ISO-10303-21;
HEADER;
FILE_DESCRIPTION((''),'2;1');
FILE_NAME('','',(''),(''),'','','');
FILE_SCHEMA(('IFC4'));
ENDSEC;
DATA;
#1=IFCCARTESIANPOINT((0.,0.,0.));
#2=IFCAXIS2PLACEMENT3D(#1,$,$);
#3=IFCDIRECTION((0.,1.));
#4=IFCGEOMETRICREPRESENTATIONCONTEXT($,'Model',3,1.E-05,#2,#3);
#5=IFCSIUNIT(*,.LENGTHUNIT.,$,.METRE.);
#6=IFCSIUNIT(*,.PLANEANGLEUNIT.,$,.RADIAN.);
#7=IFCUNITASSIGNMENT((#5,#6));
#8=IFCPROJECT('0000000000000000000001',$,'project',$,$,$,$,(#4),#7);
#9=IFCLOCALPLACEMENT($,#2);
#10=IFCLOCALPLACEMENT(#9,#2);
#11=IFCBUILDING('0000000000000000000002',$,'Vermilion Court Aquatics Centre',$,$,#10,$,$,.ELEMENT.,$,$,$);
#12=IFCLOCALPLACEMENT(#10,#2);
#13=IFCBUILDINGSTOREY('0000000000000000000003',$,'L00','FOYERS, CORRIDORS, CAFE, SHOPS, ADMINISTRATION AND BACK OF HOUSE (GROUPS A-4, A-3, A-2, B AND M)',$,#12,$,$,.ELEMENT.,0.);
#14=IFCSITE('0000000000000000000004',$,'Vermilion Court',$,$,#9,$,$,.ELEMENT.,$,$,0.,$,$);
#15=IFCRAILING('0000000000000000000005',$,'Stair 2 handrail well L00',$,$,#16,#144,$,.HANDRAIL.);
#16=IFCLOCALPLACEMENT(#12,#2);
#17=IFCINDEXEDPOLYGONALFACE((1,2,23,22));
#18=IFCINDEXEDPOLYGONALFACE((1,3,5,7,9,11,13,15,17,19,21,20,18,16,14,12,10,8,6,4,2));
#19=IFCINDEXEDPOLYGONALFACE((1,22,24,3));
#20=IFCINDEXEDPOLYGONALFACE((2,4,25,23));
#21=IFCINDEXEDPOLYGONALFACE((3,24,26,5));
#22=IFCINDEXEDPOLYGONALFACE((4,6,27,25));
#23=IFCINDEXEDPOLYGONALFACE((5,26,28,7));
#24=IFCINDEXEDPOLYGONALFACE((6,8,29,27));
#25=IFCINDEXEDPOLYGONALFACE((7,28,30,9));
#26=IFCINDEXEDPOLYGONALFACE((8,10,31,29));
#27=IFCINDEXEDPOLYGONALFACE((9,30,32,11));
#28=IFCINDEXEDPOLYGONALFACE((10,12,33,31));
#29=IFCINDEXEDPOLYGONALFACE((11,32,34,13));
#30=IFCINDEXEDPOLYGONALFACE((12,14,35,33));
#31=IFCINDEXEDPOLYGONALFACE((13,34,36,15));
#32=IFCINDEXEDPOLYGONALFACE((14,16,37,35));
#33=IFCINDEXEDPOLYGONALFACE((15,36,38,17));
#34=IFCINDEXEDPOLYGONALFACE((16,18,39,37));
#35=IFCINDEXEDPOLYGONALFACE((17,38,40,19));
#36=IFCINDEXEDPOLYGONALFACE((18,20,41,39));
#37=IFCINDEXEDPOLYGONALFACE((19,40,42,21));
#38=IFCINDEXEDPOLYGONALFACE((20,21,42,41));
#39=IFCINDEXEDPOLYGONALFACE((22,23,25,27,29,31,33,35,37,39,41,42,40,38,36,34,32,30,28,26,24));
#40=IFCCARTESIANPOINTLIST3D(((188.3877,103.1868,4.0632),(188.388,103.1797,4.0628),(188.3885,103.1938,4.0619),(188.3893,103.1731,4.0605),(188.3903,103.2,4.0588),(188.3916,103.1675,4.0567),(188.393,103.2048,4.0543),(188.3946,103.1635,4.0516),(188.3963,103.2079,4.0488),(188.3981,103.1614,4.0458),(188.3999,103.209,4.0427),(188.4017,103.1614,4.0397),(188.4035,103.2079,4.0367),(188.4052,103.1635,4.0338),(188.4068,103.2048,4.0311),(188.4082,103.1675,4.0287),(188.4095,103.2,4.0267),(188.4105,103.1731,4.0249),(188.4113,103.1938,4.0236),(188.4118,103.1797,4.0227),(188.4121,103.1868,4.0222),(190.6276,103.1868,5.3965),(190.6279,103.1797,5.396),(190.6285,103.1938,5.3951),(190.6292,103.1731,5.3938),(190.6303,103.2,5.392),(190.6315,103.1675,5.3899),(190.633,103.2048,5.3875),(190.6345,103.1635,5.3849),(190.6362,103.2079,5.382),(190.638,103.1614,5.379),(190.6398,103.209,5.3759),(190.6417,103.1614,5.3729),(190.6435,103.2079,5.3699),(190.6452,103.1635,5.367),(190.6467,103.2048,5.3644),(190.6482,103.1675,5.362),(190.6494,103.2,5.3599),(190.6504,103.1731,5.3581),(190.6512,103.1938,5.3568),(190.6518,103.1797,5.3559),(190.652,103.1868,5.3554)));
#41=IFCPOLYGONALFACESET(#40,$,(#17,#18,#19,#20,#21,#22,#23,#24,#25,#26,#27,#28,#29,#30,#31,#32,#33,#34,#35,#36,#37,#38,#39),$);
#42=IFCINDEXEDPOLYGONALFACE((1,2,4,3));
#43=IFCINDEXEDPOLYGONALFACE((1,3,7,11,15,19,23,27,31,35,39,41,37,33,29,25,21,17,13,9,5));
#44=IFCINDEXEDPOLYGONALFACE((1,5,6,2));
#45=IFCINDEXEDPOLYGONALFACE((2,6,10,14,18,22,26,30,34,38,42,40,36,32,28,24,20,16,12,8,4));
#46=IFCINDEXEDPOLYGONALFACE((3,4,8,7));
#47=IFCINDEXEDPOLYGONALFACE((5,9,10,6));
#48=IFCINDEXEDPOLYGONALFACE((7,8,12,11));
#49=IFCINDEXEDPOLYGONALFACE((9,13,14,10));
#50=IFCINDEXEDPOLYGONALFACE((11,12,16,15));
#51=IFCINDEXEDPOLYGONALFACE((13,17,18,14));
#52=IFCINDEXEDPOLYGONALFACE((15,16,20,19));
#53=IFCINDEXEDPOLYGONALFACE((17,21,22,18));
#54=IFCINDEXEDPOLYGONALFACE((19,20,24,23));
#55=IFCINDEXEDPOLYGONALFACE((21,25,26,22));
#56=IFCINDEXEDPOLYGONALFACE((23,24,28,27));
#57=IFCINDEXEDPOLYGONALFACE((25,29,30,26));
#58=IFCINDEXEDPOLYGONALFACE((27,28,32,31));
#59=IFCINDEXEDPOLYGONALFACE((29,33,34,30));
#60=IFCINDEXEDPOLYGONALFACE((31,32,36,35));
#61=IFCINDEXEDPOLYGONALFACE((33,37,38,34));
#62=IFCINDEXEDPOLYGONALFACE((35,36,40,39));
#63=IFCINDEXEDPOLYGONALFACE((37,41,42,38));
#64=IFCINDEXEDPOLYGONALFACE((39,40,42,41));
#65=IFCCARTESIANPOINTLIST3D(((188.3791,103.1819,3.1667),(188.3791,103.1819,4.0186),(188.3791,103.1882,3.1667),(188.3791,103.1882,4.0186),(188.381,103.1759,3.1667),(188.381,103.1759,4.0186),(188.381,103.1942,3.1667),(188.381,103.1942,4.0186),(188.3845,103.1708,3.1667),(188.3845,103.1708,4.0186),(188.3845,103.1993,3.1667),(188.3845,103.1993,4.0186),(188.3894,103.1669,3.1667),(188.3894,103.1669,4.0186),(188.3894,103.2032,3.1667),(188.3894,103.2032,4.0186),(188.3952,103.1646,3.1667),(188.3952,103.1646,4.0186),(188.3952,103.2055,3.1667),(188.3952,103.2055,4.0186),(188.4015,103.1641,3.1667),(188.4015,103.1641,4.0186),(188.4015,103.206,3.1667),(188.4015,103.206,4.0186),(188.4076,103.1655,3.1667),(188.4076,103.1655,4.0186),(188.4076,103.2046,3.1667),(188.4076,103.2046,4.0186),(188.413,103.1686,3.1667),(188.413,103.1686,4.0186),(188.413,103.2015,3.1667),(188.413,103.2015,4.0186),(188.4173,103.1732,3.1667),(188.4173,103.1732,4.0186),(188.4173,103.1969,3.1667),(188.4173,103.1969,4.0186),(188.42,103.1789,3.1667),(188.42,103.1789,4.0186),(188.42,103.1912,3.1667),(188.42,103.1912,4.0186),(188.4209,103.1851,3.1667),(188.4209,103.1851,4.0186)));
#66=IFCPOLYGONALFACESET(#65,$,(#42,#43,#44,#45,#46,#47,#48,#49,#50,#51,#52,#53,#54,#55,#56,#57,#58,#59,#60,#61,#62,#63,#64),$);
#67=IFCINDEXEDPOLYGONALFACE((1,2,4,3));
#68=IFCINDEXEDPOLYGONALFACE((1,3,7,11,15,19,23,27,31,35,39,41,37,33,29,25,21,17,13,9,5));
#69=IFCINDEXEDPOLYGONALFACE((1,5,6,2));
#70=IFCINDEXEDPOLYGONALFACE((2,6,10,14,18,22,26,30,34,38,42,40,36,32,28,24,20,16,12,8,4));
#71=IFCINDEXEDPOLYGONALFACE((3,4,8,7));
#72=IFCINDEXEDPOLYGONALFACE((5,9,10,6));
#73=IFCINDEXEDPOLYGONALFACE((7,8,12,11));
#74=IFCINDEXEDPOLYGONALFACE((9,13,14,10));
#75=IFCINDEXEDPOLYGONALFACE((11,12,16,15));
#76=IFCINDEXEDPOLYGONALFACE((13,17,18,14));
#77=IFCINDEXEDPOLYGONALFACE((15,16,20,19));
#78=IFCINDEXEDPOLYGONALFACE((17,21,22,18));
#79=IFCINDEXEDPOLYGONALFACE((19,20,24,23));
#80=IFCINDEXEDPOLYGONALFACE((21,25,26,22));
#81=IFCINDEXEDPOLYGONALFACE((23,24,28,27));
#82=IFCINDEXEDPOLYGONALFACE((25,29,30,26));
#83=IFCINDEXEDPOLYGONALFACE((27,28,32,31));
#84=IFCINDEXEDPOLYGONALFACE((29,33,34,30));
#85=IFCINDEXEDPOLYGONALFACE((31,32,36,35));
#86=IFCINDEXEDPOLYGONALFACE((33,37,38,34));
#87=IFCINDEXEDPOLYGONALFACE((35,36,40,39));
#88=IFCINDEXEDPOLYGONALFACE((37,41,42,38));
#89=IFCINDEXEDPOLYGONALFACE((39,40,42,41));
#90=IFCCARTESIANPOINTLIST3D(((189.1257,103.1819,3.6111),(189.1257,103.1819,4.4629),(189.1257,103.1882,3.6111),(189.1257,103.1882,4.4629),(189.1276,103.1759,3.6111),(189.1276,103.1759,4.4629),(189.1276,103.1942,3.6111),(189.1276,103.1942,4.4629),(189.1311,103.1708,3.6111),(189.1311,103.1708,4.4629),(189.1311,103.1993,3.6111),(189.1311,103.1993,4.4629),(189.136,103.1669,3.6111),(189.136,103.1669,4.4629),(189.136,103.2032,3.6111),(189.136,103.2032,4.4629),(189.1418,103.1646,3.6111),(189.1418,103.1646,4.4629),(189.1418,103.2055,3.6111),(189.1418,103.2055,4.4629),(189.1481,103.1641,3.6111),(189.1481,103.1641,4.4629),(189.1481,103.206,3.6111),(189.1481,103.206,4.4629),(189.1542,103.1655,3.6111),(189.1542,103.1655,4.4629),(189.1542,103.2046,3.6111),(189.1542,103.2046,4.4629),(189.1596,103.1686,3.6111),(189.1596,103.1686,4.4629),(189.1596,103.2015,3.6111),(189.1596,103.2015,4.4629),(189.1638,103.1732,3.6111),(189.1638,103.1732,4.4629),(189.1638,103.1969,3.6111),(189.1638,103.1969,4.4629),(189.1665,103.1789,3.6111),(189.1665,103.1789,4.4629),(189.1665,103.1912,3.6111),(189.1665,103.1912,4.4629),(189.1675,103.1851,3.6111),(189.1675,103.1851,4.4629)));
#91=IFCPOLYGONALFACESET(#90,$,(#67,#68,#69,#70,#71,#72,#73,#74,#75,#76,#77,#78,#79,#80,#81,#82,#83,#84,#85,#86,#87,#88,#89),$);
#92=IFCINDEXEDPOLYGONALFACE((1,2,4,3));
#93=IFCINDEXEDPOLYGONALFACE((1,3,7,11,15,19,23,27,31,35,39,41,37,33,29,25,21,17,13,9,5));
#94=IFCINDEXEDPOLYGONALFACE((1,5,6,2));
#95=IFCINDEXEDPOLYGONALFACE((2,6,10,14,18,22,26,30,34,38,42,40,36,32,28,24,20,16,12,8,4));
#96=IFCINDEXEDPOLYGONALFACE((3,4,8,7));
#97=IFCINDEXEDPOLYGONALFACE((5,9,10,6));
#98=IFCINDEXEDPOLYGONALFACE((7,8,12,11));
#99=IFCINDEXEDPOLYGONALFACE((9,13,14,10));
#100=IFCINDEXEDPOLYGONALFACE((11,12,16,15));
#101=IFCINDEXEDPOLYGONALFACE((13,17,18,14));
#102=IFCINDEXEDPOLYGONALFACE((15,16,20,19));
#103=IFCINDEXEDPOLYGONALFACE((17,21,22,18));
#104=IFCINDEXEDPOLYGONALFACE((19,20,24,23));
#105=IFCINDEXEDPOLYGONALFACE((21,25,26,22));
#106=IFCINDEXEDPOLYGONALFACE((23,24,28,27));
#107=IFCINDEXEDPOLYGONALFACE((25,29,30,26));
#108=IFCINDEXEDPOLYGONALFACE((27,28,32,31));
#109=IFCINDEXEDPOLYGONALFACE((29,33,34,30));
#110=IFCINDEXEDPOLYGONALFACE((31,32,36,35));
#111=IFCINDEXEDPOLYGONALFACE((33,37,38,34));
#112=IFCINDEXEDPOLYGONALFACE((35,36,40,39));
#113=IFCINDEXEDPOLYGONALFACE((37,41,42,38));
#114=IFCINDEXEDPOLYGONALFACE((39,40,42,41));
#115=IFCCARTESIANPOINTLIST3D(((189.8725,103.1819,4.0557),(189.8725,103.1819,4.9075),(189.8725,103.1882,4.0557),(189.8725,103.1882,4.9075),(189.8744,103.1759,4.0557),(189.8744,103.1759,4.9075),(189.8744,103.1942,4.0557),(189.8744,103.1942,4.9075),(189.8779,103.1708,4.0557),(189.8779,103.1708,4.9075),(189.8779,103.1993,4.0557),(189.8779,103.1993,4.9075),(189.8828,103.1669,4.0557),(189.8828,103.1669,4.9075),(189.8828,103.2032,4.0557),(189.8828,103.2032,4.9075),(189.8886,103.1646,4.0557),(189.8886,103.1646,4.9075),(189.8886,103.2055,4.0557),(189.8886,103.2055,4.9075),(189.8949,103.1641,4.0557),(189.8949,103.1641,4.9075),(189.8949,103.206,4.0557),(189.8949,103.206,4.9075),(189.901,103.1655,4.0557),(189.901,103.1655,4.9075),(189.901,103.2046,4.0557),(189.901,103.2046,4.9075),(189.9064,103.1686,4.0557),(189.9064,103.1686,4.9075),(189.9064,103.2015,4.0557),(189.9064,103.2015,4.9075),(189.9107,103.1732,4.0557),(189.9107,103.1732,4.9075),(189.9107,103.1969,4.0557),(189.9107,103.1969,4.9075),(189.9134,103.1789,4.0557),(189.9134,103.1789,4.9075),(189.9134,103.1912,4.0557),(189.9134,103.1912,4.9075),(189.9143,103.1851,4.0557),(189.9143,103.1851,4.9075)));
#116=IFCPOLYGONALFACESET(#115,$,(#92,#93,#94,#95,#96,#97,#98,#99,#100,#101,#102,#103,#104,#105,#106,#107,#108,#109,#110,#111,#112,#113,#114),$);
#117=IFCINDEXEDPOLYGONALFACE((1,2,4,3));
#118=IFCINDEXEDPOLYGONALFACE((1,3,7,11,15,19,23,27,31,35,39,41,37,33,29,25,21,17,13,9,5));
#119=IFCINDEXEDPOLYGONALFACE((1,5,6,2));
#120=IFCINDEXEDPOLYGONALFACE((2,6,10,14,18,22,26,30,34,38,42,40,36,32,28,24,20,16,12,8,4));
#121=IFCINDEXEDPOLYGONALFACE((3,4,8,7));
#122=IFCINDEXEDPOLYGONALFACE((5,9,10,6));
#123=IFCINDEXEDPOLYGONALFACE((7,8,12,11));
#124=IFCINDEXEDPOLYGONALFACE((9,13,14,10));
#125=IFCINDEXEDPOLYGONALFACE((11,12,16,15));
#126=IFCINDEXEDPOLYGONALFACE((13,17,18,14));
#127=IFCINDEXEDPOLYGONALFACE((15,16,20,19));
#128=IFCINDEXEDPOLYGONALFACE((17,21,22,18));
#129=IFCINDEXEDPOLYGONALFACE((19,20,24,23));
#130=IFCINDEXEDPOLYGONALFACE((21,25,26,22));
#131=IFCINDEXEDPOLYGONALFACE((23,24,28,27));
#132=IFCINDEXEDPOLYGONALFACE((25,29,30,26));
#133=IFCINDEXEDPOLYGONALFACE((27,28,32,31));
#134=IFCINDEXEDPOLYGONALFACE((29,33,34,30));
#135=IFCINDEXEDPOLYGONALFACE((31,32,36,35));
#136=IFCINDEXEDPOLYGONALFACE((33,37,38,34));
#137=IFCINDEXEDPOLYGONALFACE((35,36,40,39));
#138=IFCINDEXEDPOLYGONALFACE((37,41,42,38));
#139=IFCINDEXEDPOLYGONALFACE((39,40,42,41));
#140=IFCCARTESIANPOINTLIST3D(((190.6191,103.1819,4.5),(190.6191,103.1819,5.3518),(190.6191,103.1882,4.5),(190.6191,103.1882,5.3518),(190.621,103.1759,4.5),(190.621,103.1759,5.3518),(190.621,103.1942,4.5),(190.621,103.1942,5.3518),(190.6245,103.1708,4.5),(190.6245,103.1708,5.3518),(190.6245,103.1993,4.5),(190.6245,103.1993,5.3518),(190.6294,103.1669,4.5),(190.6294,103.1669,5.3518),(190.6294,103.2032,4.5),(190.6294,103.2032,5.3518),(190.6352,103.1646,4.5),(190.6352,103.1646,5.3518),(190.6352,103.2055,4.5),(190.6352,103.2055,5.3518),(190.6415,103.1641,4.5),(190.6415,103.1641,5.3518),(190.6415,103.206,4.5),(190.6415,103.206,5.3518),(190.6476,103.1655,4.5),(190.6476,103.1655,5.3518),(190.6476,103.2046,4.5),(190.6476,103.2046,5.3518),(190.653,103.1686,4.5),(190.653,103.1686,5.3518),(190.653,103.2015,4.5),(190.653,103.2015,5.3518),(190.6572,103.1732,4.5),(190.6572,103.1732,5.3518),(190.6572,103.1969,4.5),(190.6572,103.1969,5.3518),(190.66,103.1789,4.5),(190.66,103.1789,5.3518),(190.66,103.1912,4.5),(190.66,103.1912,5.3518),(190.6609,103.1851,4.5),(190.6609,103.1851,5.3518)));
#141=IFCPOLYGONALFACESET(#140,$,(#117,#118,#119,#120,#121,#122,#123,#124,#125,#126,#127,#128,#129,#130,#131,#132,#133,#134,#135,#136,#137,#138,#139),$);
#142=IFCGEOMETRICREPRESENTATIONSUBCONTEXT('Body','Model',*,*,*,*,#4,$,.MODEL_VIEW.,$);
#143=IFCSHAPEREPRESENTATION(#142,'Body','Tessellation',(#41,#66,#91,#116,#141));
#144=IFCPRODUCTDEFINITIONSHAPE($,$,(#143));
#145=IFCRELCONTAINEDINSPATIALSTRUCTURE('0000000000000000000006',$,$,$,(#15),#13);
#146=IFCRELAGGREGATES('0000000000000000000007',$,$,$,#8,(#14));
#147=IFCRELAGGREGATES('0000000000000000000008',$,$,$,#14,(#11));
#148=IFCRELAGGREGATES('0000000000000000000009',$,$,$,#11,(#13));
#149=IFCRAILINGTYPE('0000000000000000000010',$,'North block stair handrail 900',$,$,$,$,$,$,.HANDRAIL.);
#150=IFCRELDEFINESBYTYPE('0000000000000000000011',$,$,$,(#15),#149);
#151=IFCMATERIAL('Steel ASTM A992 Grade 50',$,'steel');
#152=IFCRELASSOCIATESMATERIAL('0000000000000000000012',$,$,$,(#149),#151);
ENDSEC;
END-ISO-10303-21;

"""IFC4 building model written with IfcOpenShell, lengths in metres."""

from ifc_helpers import new_model, si_unit, direction, frame, origin, origin_2d, place, context, subcontext, project, spatial, circle, extrude, material, type_object, element, save


model = new_model("IFC4")

# Units and contexts
model_context = context("Model", 3, precision=1e-05, world=origin(), true_north=direction((0.0, 1.0)))
body_context = subcontext(model_context, "Body", "Model", "MODEL_VIEW")
ifc_project = project(units=[si_unit("LENGTHUNIT", "METRE"), si_unit("PLANEANGLEUNIT", "RADIAN")], contexts=[model_context])

# Site, building, storey
site_placement = place(None, origin())
site = spatial("IfcSite", under=ifc_project, at=site_placement, Name="Vermilion Court", CompositionType="ELEMENT", RefElevation=0.0)
building_placement = place(site_placement, origin())
building = spatial("IfcBuilding", under=site, at=building_placement, Name="Vermilion Court Aquatics Centre", CompositionType="ELEMENT")
storey_placement = place(building_placement, origin())
storey = spatial("IfcBuildingStorey", under=building, at=storey_placement, Name="L00", Description="FOYERS, CORRIDORS, CAFE, SHOPS, ADMINISTRATION AND BACK OF HOUSE (GROUPS A-4, A-3, A-2, B AND M)", CompositionType="ELEMENT", Elevation=0.0)

# Railing
ifc_material_1 = material(Name="Steel ASTM A992 Grade 50", Category="steel")
railing_type_1 = type_object("IfcRailingType", Name="North block stair handrail 900", PredefinedType="HANDRAIL", material=ifc_material_1)
for number, where, name in (
    (1, (188.3999, 103.1851, 3.1667), "Stair 2 handrail well L00"),
):
    element("IfcRailing", number, at=place(storey_placement, frame(where)), inside=storey, type_object=railing_type_1, Name=name, PredefinedType="HANDRAIL", context=body_context, shape_type="SweptSolid", body=[
        extrude(circle(Radius=0.0239, at=origin_2d()), frame((0.0, 0.0, 0.876), z_axis=(0.859306, 0.0, 0.511462), x_axis=(0.0, 1.0, 0.0)), (0.0, 0.0, 1.0), 2.6067),
        extrude(circle(Radius=0.021, at=origin_2d()), origin(), (0.0, 0.0, 1.0), 0.8518),
        extrude(circle(Radius=0.021, at=origin_2d()), frame((0.7466, 0.0, 0.4443)), (0.0, 0.0, 1.0), 0.8518),
        extrude(circle(Radius=0.021, at=origin_2d()), frame((1.4934, 0.0, 0.8889)), (0.0, 0.0, 1.0), 0.8518),
        extrude(circle(Radius=0.021, at=origin_2d()), frame((2.24, 0.0, 1.3333)), (0.0, 0.0, 1.0), 0.8518),
    ])

save(model, "model.ifc")
